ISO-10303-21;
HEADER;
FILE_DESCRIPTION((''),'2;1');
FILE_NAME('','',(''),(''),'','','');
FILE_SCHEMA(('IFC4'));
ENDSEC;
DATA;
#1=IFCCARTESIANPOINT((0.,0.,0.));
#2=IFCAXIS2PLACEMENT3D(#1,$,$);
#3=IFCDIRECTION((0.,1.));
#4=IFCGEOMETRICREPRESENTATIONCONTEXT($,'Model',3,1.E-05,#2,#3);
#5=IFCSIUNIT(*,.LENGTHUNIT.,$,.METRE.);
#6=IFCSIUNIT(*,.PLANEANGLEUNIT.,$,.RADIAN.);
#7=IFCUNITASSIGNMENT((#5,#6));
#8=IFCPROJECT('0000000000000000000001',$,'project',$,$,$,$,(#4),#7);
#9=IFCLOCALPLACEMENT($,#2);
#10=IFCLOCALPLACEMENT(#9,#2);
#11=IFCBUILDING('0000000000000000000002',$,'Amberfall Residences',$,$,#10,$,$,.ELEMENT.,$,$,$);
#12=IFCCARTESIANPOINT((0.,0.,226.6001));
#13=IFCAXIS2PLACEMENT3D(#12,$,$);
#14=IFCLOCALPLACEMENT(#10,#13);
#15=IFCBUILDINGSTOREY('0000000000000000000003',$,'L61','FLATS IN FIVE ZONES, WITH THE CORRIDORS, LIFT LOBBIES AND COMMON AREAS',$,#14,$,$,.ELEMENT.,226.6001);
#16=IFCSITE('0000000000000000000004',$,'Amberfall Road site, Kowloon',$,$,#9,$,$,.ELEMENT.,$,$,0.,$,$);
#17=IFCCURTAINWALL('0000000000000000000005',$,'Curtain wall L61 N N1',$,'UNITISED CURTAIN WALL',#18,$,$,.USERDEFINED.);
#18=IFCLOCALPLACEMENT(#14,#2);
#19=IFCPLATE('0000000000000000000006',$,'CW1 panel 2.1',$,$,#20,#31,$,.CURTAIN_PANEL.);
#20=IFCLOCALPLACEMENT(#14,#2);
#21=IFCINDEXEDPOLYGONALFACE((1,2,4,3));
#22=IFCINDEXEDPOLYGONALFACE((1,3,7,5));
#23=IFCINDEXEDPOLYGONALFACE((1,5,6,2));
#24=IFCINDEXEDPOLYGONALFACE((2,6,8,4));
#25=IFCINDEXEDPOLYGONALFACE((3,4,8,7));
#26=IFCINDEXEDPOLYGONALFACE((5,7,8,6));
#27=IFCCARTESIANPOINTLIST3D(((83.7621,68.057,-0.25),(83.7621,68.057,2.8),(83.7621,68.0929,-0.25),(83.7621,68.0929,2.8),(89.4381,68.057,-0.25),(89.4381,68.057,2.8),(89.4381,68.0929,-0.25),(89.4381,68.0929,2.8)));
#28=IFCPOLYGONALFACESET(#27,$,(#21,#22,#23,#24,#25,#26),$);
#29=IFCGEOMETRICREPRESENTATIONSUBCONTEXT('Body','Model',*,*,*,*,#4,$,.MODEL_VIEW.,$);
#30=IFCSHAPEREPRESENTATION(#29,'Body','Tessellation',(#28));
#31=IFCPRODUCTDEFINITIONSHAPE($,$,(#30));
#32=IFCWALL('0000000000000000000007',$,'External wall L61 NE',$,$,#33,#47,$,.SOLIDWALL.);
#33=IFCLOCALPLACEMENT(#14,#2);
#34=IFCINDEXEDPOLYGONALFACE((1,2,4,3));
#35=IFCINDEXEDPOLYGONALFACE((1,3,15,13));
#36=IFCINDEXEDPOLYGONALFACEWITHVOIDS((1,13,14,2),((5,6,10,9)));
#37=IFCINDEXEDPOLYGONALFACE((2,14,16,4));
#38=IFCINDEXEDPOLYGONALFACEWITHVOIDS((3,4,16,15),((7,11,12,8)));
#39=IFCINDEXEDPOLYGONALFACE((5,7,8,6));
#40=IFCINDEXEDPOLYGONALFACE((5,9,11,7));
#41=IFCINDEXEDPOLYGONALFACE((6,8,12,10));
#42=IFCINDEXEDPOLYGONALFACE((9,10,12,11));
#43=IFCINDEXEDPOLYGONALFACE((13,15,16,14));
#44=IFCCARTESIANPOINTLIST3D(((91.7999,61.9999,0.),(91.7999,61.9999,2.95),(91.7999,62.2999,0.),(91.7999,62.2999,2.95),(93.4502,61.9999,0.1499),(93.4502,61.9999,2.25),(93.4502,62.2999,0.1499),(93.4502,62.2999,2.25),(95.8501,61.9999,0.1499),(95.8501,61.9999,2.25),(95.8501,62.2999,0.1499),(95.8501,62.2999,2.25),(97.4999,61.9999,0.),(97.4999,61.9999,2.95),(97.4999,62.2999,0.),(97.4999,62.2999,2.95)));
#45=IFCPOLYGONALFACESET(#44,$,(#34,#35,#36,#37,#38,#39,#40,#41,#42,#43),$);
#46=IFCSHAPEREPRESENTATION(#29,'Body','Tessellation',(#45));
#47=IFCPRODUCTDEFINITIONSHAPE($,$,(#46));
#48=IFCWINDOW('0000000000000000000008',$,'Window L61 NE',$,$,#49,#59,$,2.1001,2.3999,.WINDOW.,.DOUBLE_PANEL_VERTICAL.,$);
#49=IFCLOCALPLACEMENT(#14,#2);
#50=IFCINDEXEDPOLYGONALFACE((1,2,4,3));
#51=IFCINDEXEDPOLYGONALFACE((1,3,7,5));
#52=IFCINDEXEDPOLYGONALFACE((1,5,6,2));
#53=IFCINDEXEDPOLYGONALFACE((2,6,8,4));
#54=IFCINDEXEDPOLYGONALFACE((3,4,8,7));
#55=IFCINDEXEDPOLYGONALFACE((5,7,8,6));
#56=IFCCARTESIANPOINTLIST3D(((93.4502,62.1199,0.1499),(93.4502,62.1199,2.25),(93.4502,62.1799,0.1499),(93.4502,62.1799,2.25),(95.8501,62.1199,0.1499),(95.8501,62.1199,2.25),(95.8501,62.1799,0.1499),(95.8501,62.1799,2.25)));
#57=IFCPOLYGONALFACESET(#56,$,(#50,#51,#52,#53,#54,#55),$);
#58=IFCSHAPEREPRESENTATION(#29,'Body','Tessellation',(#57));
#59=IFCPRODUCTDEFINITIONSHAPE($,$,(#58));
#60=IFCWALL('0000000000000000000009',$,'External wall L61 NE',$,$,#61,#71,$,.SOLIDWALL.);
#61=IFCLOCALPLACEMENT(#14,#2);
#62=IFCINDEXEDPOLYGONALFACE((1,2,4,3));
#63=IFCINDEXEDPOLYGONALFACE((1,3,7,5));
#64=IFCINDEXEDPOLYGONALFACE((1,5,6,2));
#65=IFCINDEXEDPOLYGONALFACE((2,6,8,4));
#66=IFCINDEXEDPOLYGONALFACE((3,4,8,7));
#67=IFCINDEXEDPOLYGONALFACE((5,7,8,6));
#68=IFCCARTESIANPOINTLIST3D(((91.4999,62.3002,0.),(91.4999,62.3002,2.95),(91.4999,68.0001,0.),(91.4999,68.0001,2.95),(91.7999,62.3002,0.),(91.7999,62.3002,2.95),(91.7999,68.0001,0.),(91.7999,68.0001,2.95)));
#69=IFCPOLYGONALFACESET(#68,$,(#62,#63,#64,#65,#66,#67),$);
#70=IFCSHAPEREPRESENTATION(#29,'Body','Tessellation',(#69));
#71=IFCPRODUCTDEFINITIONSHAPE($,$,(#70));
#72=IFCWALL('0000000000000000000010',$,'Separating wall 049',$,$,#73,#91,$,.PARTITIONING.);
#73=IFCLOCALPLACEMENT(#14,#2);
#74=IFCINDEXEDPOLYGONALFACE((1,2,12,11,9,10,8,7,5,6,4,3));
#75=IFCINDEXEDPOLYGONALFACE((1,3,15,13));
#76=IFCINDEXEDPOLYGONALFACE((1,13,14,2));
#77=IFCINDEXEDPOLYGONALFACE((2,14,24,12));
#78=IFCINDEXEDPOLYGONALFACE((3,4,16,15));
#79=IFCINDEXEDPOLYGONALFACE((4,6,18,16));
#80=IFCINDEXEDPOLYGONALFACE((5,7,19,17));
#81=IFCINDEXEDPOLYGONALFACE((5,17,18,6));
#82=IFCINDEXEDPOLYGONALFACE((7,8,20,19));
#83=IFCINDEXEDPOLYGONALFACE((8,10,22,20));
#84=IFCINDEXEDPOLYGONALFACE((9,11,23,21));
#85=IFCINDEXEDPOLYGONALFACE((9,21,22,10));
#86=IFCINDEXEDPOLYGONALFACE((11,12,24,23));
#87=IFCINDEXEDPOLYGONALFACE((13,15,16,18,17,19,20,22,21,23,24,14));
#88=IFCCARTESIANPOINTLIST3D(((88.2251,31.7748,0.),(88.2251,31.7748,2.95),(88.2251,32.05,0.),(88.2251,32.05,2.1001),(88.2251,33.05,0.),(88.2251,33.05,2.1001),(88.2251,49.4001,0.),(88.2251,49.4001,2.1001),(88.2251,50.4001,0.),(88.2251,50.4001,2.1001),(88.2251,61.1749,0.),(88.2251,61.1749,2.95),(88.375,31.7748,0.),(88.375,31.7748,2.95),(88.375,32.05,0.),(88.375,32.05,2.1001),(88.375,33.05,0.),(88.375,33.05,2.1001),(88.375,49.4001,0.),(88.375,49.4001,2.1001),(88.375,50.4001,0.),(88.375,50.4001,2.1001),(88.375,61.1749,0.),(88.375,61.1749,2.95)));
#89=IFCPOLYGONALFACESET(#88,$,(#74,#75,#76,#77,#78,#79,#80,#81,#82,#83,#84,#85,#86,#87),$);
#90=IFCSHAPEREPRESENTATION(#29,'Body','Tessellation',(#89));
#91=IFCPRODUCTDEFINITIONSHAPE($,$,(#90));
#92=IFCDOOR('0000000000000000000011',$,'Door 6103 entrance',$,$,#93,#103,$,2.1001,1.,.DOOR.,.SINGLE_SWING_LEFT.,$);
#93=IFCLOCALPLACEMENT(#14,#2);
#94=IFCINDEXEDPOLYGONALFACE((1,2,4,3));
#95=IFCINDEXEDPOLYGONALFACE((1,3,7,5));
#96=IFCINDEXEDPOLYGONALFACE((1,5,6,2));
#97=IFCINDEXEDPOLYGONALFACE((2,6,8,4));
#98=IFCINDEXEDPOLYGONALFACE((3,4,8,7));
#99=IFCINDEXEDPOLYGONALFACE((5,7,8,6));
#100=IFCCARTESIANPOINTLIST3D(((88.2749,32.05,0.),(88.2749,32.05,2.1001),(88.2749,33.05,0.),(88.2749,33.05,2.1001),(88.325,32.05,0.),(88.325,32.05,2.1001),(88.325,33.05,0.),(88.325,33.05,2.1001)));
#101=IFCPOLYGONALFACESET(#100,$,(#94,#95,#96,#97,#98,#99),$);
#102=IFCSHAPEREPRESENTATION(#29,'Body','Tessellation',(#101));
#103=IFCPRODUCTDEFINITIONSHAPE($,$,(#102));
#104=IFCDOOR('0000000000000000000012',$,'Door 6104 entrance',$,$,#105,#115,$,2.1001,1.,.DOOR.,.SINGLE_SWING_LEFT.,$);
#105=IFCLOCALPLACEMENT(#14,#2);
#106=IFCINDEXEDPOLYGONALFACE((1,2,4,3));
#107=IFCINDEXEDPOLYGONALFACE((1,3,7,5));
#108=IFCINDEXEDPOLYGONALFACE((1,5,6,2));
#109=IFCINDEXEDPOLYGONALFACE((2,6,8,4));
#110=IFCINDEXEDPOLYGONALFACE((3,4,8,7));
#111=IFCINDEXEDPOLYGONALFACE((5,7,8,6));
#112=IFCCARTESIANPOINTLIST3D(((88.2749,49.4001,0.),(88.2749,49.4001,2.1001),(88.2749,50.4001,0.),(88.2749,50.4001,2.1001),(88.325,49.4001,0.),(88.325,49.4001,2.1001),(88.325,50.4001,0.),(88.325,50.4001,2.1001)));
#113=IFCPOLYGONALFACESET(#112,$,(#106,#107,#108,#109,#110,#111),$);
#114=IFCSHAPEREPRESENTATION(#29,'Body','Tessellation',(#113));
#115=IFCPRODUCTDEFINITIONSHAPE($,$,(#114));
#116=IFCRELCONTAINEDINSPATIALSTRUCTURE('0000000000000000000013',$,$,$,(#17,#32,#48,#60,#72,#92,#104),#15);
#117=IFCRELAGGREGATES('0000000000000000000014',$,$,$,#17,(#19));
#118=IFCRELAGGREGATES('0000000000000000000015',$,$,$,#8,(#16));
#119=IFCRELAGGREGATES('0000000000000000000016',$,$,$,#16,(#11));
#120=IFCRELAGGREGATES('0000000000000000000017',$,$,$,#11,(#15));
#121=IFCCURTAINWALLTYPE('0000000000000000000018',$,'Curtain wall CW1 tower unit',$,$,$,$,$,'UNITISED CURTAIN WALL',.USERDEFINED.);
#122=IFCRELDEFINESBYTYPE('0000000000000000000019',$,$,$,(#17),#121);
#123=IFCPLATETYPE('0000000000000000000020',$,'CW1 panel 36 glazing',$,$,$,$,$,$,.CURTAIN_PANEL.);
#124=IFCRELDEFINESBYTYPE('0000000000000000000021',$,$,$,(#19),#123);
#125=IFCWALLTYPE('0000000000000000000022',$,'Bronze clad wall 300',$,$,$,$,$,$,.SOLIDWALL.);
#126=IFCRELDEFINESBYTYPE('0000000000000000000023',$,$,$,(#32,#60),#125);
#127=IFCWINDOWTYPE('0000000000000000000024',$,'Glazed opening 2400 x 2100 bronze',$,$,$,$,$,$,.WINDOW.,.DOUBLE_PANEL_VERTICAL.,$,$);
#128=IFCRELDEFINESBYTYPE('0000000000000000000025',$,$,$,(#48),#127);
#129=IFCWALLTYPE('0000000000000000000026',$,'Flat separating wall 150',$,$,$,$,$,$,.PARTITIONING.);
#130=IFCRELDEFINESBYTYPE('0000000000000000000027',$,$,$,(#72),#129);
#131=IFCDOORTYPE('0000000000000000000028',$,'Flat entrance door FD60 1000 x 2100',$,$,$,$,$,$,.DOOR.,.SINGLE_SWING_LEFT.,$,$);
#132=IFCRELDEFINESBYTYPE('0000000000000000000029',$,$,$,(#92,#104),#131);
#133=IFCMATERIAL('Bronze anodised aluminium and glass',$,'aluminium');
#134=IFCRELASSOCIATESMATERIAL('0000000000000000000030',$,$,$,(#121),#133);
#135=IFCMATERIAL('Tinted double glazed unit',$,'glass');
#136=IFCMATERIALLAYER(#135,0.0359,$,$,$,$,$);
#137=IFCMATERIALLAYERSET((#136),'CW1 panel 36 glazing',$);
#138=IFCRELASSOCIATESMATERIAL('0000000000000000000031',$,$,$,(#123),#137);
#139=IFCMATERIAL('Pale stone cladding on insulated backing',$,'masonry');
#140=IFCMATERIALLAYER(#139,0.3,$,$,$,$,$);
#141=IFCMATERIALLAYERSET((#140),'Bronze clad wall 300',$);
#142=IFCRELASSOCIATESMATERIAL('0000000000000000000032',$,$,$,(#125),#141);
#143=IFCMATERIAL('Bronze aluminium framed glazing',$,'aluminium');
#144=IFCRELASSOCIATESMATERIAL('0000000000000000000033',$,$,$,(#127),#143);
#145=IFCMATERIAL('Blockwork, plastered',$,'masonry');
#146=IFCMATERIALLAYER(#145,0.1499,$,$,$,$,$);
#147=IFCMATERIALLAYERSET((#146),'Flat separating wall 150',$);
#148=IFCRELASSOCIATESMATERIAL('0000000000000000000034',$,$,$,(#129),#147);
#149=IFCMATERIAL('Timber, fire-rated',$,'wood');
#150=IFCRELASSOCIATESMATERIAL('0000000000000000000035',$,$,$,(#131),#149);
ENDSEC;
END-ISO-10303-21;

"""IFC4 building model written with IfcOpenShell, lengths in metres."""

from ifc_helpers import new_model, si_unit, direction, frame, frame_2d, origin, origin_2d, place, context, subcontext, project, spatial, rectangle, extrude, material, layer, layer_set, type_object, element, fill, aggregate, save


model = new_model("IFC4")

# Units and contexts
model_context = context("Model", 3, precision=1e-05, world=origin(), true_north=direction((0.0, 1.0)))
body_context = subcontext(model_context, "Body", "Model", "MODEL_VIEW")
ifc_project = project(units=[si_unit("LENGTHUNIT", "METRE"), si_unit("PLANEANGLEUNIT", "RADIAN")], contexts=[model_context])

# Site, building, storey
site_placement = place(None, origin())
site = spatial("IfcSite", under=ifc_project, at=site_placement, Name="Amberfall Road site, Kowloon", CompositionType="ELEMENT", RefElevation=0.0)
building_placement = place(site_placement, origin())
building = spatial("IfcBuilding", under=site, at=building_placement, Name="Amberfall Residences", CompositionType="ELEMENT")
storey_placement = place(building_placement, frame((0.0, 0.0, 226.6001)))
storey = spatial("IfcBuildingStorey", under=building, at=storey_placement, Name="L61", Description="FLATS IN FIVE ZONES, WITH THE CORRIDORS, LIFT LOBBIES AND COMMON AREAS", CompositionType="ELEMENT", Elevation=226.6001)

# Shared definitions
ifc_material_1 = material(Name="Bronze anodised aluminium and glass", Category="aluminium")
curtain_wall_type = type_object("IfcCurtainWallType", Name="Curtain wall CW1 tower unit", ElementType="UNITISED CURTAIN WALL", PredefinedType="USERDEFINED", material=ifc_material_1)

# Curtain wall
curtain_wall_1_placement = place(storey_placement, origin())
curtain_wall_1 = element("IfcCurtainWall", 1, at=curtain_wall_1_placement, inside=storey, type_object=curtain_wall_type, Name="Curtain wall L61 N N1", ObjectType="UNITISED CURTAIN WALL", PredefinedType="USERDEFINED")

# Plate
ifc_material_2 = material(Name="Tinted double glazed unit", Category="glass")
ifc_layer_1 = layer(ifc_material_2, 0.0359)
ifc_layer_set_1 = layer_set([ifc_layer_1], Name="CW1 panel 36 glazing")
plate_type = type_object("IfcPlateType", Name="CW1 panel 36 glazing", PredefinedType="CURTAIN_PANEL", material=ifc_layer_set_1)
plate_1_placement = place(storey_placement, frame((86.6001, 68.075, -0.25), z_axis=(0.0, 0.0, 1.0), x_axis=(-1.0, 0.0, 0.0)))
plate_1 = element("IfcPlate", 2, at=plate_1_placement, type_object=plate_type, Name="CW1 panel 2.1", PredefinedType="CURTAIN_PANEL", context=body_context, shape_type="SweptSolid", body=[
    extrude(rectangle(XDim=5.676, YDim=0.0359, at=origin_2d()), origin(), (0.0, 0.0, 1.0), 3.05),
])
aggregate(curtain_wall_1, [plate_1])

# Wall, opening, window
ifc_material_3 = material(Name="Pale stone cladding on insulated backing", Category="masonry")
ifc_layer_2 = layer(ifc_material_3, 0.3)
ifc_layer_set_2 = layer_set([ifc_layer_2], Name="Bronze clad wall 300")
wall_type_1 = type_object("IfcWallType", Name="Bronze clad wall 300", PredefinedType="SOLIDWALL", material=ifc_layer_set_2)
wall_1_placement = place(storey_placement, frame((97.5, 62.1499, 0.0), z_axis=(0.0, 0.0, 1.0), x_axis=(-1.0, 0.0, 0.0)))
wall_1 = element("IfcWall", 3, at=wall_1_placement, inside=storey, type_object=wall_type_1, Name="External wall L61 NE", PredefinedType="SOLIDWALL", context=body_context, shape_type="SweptSolid", body=[
    extrude(rectangle(XDim=5.7, YDim=0.3, at=frame_2d((2.8501, 0.0))), origin(), (0.0, 0.0, 1.0), 2.95),
])
opening_1_placement = place(wall_1_placement, frame((1.6499, 0.0, 0.1499)))
opening_1 = element("IfcOpeningElement", 4, at=opening_1_placement, cuts=wall_1, PredefinedType="OPENING", context=body_context, shape_type="SweptSolid", body=[
    extrude(rectangle(XDim=2.3999, YDim=2.1001, at=frame_2d((1.2, 1.05))), frame((0.0, 0.1599, 0.0), z_axis=(0.0, -1.0, 0.0), x_axis=(1.0, 0.0, 0.0)), (0.0, 0.0, 1.0), 0.3201),
])
ifc_material_4 = material(Name="Bronze aluminium framed glazing", Category="aluminium")
window_type = type_object("IfcWindowType", Name="Glazed opening 2400 x 2100 bronze", PartitioningType="DOUBLE_PANEL_VERTICAL", PredefinedType="WINDOW", material=ifc_material_4)
window_placement = place(opening_1_placement, origin())
window = element("IfcWindow", 5, at=window_placement, inside=storey, type_object=window_type, Name="Window L61 NE", OverallHeight=2.1001, OverallWidth=2.3999, PartitioningType="DOUBLE_PANEL_VERTICAL", PredefinedType="WINDOW", context=body_context, shape_type="SweptSolid", body=[
    extrude(rectangle(XDim=2.3999, YDim=2.1001, at=frame_2d((1.2, 1.05))), frame((0.0, 0.03, 0.0), z_axis=(0.0, -1.0, 0.0), x_axis=(1.0, 0.0, 0.0)), (0.0, 0.0, 1.0), 0.0601),
])
fill(opening_1, window)

# Wall
wall_2_placement = place(storey_placement, frame((91.6499, 62.3, 0.0), z_axis=(0.0, 0.0, 1.0), x_axis=(0.0, 1.0, 0.0)))
element("IfcWall", 6, at=wall_2_placement, inside=storey, type_object=wall_type_1, Name="External wall L61 NE", PredefinedType="SOLIDWALL", context=body_context, shape_type="SweptSolid", body=[
    extrude(rectangle(XDim=5.7, YDim=0.3, at=frame_2d((2.8501, 0.0))), origin(), (0.0, 0.0, 1.0), 2.95),
])

# Wall, openings, doors
ifc_material_5 = material(Name="Blockwork, plastered", Category="masonry")
ifc_layer_3 = layer(ifc_material_5, 0.1499)
ifc_layer_set_3 = layer_set([ifc_layer_3], Name="Flat separating wall 150")
wall_type_2 = type_object("IfcWallType", Name="Flat separating wall 150", PredefinedType="PARTITIONING", material=ifc_layer_set_3)
wall_3_placement = place(storey_placement, frame((88.3, 61.175, 0.0), z_axis=(0.0, 0.0, 1.0), x_axis=(0.0, -1.0, 0.0)))
wall_3 = element("IfcWall", 7, at=wall_3_placement, inside=storey, type_object=wall_type_2, Name="Separating wall 049", PredefinedType="PARTITIONING", context=body_context, shape_type="SweptSolid", body=[
    extrude(rectangle(XDim=29.4001, YDim=0.1499, at=frame_2d((14.7002, 0.0))), origin(), (0.0, 0.0, 1.0), 2.95),
])
opening_2_placement = place(wall_3_placement, frame((28.125, 0.0, 0.0)))
opening_2 = element("IfcOpeningElement", 8, at=opening_2_placement, cuts=wall_3, PredefinedType="OPENING", context=body_context, shape_type="SweptSolid", body=[
    extrude(rectangle(XDim=1.0, YDim=2.1001, at=frame_2d((0.5, 1.05))), frame((0.0, 0.085, 0.0), z_axis=(0.0, -1.0, 0.0), x_axis=(1.0, 0.0, 0.0)), (0.0, 0.0, 1.0), 0.1699),
])
opening_3_placement = place(wall_3_placement, frame((10.7749, 0.0, 0.0)))
opening_3 = element("IfcOpeningElement", 9, at=opening_3_placement, cuts=wall_3, PredefinedType="OPENING", context=body_context, shape_type="SweptSolid", body=[
    extrude(rectangle(XDim=1.0, YDim=2.1001, at=frame_2d((0.5, 1.05))), frame((0.0, 0.085, 0.0), z_axis=(0.0, -1.0, 0.0), x_axis=(1.0, 0.0, 0.0)), (0.0, 0.0, 1.0), 0.1699),
])
ifc_material_6 = material(Name="Timber, fire-rated", Category="wood")
door_type = type_object("IfcDoorType", Name="Flat entrance door FD60 1000 x 2100", OperationType="SINGLE_SWING_LEFT", PredefinedType="DOOR", material=ifc_material_6)
door_1_placement = place(opening_2_placement, origin())
door_1 = element("IfcDoor", 10, at=door_1_placement, inside=storey, type_object=door_type, Name="Door 6103 entrance", OperationType="SINGLE_SWING_LEFT", OverallHeight=2.1001, OverallWidth=1.0, PredefinedType="DOOR", context=body_context, shape_type="SweptSolid", body=[
    extrude(rectangle(XDim=1.0, YDim=2.1001, at=frame_2d((0.5, 1.05))), frame((0.0, 0.0249, 0.0), z_axis=(0.0, -1.0, 0.0), x_axis=(1.0, 0.0, 0.0)), (0.0, 0.0, 1.0), 0.05),
])
fill(opening_2, door_1)
door_2_placement = place(opening_3_placement, origin())
door_2 = element("IfcDoor", 11, at=door_2_placement, inside=storey, type_object=door_type, Name="Door 6104 entrance", OperationType="SINGLE_SWING_LEFT", OverallHeight=2.1001, OverallWidth=1.0, PredefinedType="DOOR", context=body_context, shape_type="SweptSolid", body=[
    extrude(rectangle(XDim=1.0, YDim=2.1001, at=frame_2d((0.5, 1.05))), frame((0.0, 0.0249, 0.0), z_axis=(0.0, -1.0, 0.0), x_axis=(1.0, 0.0, 0.0)), (0.0, 0.0, 1.0), 0.05),
])
fill(opening_3, door_2)

save(model, "model.ifc")
